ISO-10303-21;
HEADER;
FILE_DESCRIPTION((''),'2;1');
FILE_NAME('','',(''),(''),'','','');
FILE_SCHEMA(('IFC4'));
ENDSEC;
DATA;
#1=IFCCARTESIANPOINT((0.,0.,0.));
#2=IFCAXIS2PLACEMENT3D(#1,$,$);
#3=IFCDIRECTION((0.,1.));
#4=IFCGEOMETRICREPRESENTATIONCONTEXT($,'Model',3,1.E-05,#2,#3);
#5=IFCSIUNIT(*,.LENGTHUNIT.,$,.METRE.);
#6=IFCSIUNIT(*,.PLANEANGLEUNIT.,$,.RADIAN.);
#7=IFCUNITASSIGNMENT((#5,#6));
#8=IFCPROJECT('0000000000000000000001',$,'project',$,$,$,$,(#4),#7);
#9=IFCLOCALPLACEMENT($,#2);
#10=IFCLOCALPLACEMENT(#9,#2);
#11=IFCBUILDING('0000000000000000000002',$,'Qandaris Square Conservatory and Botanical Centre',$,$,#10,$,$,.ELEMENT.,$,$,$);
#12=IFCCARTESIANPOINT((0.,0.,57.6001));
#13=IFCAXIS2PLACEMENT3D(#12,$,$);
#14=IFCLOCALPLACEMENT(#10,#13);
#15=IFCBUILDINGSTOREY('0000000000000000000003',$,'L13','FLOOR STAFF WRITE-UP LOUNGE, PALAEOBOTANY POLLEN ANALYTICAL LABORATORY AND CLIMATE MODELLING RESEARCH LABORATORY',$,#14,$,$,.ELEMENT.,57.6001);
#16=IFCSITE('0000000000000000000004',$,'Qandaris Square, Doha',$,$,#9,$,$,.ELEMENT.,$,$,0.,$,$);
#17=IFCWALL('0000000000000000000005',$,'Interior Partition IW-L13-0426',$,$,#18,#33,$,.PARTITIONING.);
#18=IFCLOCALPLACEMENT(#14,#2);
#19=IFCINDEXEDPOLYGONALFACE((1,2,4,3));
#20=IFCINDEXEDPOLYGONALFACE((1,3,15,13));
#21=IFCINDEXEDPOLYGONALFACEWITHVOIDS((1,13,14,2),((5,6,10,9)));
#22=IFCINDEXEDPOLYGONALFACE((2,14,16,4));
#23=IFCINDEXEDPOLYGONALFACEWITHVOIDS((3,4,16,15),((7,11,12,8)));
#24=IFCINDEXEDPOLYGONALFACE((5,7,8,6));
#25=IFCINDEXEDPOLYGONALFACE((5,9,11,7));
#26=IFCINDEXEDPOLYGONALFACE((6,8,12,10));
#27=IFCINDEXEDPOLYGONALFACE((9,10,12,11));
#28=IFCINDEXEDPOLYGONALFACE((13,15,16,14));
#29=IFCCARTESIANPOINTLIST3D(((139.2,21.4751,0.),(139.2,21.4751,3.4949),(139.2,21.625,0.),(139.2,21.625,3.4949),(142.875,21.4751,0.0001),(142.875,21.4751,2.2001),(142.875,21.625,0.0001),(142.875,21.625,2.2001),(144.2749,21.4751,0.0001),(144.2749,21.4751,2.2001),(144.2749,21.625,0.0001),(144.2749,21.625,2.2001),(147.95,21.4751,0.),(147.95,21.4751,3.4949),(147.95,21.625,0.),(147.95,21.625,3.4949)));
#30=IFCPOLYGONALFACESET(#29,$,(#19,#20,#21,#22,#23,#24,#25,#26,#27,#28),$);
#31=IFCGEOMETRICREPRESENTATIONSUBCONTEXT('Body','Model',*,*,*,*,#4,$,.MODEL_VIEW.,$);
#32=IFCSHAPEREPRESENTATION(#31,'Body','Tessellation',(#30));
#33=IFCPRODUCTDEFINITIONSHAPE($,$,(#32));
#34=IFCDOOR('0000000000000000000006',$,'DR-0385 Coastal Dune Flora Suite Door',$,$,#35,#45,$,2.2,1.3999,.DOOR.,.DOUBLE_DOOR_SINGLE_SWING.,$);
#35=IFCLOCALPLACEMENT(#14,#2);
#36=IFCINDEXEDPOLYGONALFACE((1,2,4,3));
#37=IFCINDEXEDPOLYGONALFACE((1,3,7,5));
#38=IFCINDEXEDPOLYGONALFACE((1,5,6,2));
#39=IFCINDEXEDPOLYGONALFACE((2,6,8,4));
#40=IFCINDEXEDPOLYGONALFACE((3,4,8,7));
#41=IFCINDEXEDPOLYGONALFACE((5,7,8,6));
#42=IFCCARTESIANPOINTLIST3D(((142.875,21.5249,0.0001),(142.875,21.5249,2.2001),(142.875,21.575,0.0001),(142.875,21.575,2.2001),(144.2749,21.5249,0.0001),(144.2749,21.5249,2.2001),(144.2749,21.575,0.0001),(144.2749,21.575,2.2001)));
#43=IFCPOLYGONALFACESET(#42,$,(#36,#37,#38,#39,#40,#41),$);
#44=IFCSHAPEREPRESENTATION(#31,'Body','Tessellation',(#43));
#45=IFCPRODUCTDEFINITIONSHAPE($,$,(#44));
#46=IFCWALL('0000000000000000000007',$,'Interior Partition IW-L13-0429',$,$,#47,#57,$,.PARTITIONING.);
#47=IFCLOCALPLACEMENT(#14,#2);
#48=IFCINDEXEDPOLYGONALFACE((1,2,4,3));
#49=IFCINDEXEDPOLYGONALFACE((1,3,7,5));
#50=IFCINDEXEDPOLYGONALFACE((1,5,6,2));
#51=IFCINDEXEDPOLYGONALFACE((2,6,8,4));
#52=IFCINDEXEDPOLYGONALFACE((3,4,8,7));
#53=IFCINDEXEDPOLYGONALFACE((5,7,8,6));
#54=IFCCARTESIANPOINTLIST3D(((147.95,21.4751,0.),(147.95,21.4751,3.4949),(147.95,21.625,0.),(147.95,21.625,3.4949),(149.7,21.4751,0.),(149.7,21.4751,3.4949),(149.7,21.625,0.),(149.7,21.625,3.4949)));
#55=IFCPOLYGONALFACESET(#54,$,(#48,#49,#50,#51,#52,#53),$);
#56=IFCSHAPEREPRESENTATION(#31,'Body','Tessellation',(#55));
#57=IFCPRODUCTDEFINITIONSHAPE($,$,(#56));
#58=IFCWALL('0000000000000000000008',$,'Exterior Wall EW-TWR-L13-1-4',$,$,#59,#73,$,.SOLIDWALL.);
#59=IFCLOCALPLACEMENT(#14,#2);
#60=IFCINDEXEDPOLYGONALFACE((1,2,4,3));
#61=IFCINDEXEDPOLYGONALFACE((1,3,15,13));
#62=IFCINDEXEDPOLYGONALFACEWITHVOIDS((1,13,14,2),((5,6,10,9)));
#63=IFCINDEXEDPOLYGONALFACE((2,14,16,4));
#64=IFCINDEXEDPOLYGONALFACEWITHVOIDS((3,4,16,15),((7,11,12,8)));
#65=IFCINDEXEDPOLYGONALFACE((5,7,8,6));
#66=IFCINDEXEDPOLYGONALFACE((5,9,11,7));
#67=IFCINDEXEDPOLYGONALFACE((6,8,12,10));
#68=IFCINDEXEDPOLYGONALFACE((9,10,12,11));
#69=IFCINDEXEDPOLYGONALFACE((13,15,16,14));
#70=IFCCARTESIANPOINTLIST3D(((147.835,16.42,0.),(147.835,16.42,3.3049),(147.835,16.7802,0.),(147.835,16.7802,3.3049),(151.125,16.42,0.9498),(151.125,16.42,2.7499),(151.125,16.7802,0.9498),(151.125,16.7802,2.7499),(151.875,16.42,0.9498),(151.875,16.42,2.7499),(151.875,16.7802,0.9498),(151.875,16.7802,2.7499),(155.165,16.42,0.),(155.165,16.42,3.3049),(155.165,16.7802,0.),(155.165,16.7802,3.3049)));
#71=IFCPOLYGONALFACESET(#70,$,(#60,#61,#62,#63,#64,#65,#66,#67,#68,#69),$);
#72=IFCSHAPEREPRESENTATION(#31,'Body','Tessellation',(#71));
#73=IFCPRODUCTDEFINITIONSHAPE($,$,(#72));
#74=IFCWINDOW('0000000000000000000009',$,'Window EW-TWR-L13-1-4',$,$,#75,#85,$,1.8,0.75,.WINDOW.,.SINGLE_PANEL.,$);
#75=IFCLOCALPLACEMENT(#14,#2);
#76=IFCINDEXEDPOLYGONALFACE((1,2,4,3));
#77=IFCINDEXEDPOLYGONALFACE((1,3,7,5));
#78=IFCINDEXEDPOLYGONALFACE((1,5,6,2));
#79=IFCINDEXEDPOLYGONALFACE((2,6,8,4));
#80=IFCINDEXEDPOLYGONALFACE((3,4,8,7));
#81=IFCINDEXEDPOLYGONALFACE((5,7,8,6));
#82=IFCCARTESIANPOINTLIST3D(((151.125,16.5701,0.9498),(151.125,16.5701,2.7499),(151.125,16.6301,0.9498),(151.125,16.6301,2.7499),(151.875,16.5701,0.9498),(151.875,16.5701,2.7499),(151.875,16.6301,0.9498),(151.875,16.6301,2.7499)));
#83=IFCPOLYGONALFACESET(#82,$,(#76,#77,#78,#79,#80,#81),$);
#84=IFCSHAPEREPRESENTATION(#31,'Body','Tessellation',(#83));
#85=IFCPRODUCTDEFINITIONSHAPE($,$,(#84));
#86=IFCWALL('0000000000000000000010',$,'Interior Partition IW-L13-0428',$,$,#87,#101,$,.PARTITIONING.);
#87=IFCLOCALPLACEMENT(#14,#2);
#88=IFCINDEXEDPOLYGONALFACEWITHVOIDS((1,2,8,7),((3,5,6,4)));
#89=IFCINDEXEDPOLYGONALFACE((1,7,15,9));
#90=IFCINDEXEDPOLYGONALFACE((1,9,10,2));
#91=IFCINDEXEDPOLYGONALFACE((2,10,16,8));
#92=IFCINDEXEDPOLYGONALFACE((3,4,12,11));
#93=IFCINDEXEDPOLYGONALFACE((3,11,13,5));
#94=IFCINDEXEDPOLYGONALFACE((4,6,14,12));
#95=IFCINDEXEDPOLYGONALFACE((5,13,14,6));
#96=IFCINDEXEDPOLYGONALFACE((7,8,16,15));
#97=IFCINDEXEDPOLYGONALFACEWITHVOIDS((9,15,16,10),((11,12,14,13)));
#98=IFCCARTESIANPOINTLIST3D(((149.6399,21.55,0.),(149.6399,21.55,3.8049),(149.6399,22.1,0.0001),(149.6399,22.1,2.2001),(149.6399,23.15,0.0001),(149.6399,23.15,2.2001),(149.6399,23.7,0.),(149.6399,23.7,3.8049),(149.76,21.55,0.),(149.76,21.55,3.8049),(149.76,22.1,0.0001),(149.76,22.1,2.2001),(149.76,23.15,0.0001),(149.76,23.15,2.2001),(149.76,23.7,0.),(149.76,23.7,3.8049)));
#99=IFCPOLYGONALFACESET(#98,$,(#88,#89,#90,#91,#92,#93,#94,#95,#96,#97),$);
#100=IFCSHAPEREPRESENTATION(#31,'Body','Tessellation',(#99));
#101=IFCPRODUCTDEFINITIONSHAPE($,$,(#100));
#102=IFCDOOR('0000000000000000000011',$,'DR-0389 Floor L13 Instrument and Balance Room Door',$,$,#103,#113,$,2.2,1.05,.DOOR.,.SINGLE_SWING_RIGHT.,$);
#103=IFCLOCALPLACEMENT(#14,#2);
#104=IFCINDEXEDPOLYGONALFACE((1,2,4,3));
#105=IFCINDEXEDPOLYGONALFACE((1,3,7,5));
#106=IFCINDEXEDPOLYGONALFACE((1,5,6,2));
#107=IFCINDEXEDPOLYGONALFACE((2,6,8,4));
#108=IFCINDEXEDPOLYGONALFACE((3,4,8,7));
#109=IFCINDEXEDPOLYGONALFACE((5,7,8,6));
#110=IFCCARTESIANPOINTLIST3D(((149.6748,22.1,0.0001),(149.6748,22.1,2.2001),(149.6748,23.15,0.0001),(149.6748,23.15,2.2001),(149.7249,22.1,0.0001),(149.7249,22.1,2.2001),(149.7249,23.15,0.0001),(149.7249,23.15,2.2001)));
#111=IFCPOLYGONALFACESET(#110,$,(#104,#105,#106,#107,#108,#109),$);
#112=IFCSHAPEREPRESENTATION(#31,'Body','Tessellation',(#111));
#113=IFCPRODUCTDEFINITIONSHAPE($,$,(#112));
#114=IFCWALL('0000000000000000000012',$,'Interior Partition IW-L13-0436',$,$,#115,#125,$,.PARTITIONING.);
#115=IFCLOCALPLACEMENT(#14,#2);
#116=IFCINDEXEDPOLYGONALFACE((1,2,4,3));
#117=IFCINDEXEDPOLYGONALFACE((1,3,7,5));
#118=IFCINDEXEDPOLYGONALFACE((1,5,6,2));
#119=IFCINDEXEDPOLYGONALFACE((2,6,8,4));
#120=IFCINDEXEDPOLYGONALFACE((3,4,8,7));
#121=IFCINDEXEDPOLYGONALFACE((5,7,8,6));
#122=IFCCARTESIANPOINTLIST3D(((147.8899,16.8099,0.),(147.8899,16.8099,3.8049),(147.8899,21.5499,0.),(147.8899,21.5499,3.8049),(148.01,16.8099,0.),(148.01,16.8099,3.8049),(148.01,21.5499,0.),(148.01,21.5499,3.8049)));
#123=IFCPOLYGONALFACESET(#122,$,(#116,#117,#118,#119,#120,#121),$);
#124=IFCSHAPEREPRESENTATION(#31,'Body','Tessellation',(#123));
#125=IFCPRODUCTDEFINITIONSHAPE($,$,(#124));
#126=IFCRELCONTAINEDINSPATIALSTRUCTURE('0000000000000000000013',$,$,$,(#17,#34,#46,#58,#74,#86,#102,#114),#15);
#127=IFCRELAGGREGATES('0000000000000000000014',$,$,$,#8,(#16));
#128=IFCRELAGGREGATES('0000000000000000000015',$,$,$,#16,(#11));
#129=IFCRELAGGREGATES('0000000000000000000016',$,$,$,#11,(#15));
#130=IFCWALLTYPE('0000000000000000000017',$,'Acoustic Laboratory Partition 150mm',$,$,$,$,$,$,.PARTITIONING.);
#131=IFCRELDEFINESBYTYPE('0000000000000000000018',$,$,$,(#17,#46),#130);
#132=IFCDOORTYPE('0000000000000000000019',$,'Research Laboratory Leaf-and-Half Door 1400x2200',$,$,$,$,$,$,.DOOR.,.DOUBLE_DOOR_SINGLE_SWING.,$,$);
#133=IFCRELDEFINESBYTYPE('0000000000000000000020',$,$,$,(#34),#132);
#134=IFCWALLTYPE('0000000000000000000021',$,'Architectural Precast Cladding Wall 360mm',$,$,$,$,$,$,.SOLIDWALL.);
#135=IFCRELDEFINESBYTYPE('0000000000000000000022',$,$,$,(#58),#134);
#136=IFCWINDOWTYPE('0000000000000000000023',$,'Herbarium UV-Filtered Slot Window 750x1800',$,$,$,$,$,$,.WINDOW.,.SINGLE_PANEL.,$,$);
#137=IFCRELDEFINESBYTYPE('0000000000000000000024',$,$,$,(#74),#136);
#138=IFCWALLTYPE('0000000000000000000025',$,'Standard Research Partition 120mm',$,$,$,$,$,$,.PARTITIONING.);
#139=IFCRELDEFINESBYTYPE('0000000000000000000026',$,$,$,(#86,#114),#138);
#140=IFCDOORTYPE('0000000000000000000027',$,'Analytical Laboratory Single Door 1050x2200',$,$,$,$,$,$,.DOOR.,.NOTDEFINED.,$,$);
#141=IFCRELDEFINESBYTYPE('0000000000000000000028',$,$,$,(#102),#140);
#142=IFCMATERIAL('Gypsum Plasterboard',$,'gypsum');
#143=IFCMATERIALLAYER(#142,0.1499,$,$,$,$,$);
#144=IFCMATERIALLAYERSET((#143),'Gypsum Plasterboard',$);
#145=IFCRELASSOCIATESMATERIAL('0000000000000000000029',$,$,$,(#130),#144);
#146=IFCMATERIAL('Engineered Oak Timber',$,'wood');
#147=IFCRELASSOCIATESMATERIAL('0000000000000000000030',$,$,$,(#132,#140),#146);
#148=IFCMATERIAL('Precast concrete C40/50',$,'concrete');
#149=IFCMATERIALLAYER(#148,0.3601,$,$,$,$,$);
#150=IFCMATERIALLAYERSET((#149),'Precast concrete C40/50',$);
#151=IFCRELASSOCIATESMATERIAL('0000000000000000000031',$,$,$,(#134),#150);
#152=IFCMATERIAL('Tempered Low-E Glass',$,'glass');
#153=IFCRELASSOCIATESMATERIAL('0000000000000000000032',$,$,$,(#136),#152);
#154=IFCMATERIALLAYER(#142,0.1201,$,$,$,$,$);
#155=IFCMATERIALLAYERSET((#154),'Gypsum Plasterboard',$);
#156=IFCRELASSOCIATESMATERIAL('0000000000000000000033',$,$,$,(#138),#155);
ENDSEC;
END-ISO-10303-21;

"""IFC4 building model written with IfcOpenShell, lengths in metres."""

from ifc_helpers import new_model, si_unit, direction, frame, frame_2d, origin, place, context, subcontext, project, spatial, rectangle, extrude, material, layer, layer_set, type_object, element, fill, save


model = new_model("IFC4")

# Units and contexts
model_context = context("Model", 3, precision=1e-05, world=origin(), true_north=direction((0.0, 1.0)))
body_context = subcontext(model_context, "Body", "Model", "MODEL_VIEW")
ifc_project = project(units=[si_unit("LENGTHUNIT", "METRE"), si_unit("PLANEANGLEUNIT", "RADIAN")], contexts=[model_context])

# Site, building, storey
site_placement = place(None, origin())
site = spatial("IfcSite", under=ifc_project, at=site_placement, Name="Qandaris Square, Doha", CompositionType="ELEMENT", RefElevation=0.0)
building_placement = place(site_placement, origin())
building = spatial("IfcBuilding", under=site, at=building_placement, Name="Qandaris Square Conservatory and Botanical Centre", CompositionType="ELEMENT")
storey_placement = place(building_placement, frame((0.0, 0.0, 57.6001)))
storey = spatial("IfcBuildingStorey", under=building, at=storey_placement, Name="L13", Description="FLOOR STAFF WRITE-UP LOUNGE, PALAEOBOTANY POLLEN ANALYTICAL LABORATORY AND CLIMATE MODELLING RESEARCH LABORATORY", CompositionType="ELEMENT", Elevation=57.6001)

# Wall, opening, door
ifc_material_1 = material(Name="Gypsum Plasterboard", Category="gypsum")
ifc_layer_1 = layer(ifc_material_1, 0.1499)
ifc_layer_set_1 = layer_set([ifc_layer_1], Name="Gypsum Plasterboard")
wall_type_1 = type_object("IfcWallType", Name="Acoustic Laboratory Partition 150mm", PredefinedType="PARTITIONING", material=ifc_layer_set_1)
wall_1_placement = place(storey_placement, frame((147.95, 21.55, 0.0), z_axis=(0.0, 0.0, 1.0), x_axis=(-1.0, 0.0, 0.0)))
wall_1 = element("IfcWall", 1, at=wall_1_placement, inside=storey, type_object=wall_type_1, Name="Interior Partition IW-L13-0426", PredefinedType="PARTITIONING", context=body_context, shape_type="SweptSolid", body=[
    extrude(rectangle(XDim=8.75, YDim=0.1499, at=frame_2d((4.375, 0.0))), origin(), (0.0, 0.0, 1.0), 3.4949),
])
opening_1_placement = place(wall_1_placement, frame((3.675, 0.0, 0.0)))
opening_1 = element("IfcOpeningElement", 2, at=opening_1_placement, cuts=wall_1, PredefinedType="OPENING", context=body_context, shape_type="SweptSolid", body=[
    extrude(rectangle(XDim=1.3999, YDim=2.2, at=frame_2d((0.7, 1.1001))), frame((0.0, 0.0869, 0.0), z_axis=(0.0, -1.0, 0.0), x_axis=(1.0, 0.0, 0.0)), (0.0, 0.0, 1.0), 0.1738),
])
ifc_material_2 = material(Name="Engineered Oak Timber", Category="wood")
door_type_1 = type_object("IfcDoorType", Name="Research Laboratory Leaf-and-Half Door 1400x2200", OperationType="DOUBLE_DOOR_SINGLE_SWING", PredefinedType="DOOR", material=ifc_material_2)
door_1_placement = place(opening_1_placement, frame((1.3999, 0.0, 0.0), z_axis=(0.0, 0.0, 1.0), x_axis=(-1.0, 0.0, 0.0)))
door_1 = element("IfcDoor", 3, at=door_1_placement, inside=storey, type_object=door_type_1, Name="DR-0385 Coastal Dune Flora Suite Door", OperationType="DOUBLE_DOOR_SINGLE_SWING", OverallHeight=2.2, OverallWidth=1.3999, PredefinedType="DOOR", context=body_context, shape_type="SweptSolid", body=[
    extrude(rectangle(XDim=1.3999, YDim=2.2, at=frame_2d((0.7, 1.1001))), frame((0.0, 0.0249, 0.0), z_axis=(0.0, -1.0, 0.0), x_axis=(1.0, 0.0, 0.0)), (0.0, 0.0, 1.0), 0.05),
])
fill(opening_1, door_1)

# Wall
wall_2_placement = place(storey_placement, frame((149.7, 21.55, 0.0), z_axis=(0.0, 0.0, 1.0), x_axis=(-1.0, 0.0, 0.0)))
element("IfcWall", 4, at=wall_2_placement, inside=storey, type_object=wall_type_1, Name="Interior Partition IW-L13-0429", PredefinedType="PARTITIONING", context=body_context, shape_type="SweptSolid", body=[
    extrude(rectangle(XDim=1.75, YDim=0.1499, at=frame_2d((0.875, 0.0))), origin(), (0.0, 0.0, 1.0), 3.4949),
])

# Wall, opening, window
ifc_material_3 = material(Name="Precast concrete C40/50", Category="concrete")
ifc_layer_2 = layer(ifc_material_3, 0.3601)
ifc_layer_set_2 = layer_set([ifc_layer_2], Name="Precast concrete C40/50")
wall_type_2 = type_object("IfcWallType", Name="Architectural Precast Cladding Wall 360mm", PredefinedType="SOLIDWALL", material=ifc_layer_set_2)
wall_3_placement = place(storey_placement, frame((147.835, 16.6001, 0.0), z_axis=(0.0, 0.0, 1.0), x_axis=(1.0, 0.0, 0.0)))
wall_3 = element("IfcWall", 5, at=wall_3_placement, inside=storey, type_object=wall_type_2, Name="Exterior Wall EW-TWR-L13-1-4", PredefinedType="SOLIDWALL", context=body_context, shape_type="SweptSolid", body=[
    extrude(rectangle(XDim=7.3301, YDim=0.3601, at=frame_2d((3.665, 0.0))), origin(), (0.0, 0.0, 1.0), 3.3049),
])
opening_2_placement = place(wall_3_placement, frame((3.29, 0.0, 0.95)))
opening_2 = element("IfcOpeningElement", 6, at=opening_2_placement, cuts=wall_3, PredefinedType="OPENING", context=body_context, shape_type="SweptSolid", body=[
    extrude(rectangle(XDim=0.75, YDim=1.8, at=frame_2d((0.375, 0.8999))), frame((0.0, 0.1919, 0.0), z_axis=(0.0, -1.0, 0.0), x_axis=(1.0, 0.0, 0.0)), (0.0, 0.0, 1.0), 0.384),
])
ifc_material_4 = material(Name="Tempered Low-E Glass", Category="glass")
window_type = type_object("IfcWindowType", Name="Herbarium UV-Filtered Slot Window 750x1800", PartitioningType="SINGLE_PANEL", PredefinedType="WINDOW", material=ifc_material_4)
window_placement = place(opening_2_placement, origin())
window = element("IfcWindow", 7, at=window_placement, inside=storey, type_object=window_type, Name="Window EW-TWR-L13-1-4", OverallHeight=1.8, OverallWidth=0.75, PartitioningType="SINGLE_PANEL", PredefinedType="WINDOW", context=body_context, shape_type="SweptSolid", body=[
    extrude(rectangle(XDim=0.75, YDim=1.8, at=frame_2d((0.375, 0.8999))), frame((0.0, 0.03, 0.0), z_axis=(0.0, -1.0, 0.0), x_axis=(1.0, 0.0, 0.0)), (0.0, 0.0, 1.0), 0.0601),
])
fill(opening_2, window)

# Wall, opening, door
ifc_layer_3 = layer(ifc_material_1, 0.1201)
ifc_layer_set_3 = layer_set([ifc_layer_3], Name="Gypsum Plasterboard")
wall_type_3 = type_object("IfcWallType", Name="Standard Research Partition 120mm", PredefinedType="PARTITIONING", material=ifc_layer_set_3)
wall_4_placement = place(storey_placement, frame((149.7, 23.7, 0.0), z_axis=(0.0, 0.0, 1.0), x_axis=(0.0, -1.0, 0.0)))
wall_4 = element("IfcWall", 8, at=wall_4_placement, inside=storey, type_object=wall_type_3, Name="Interior Partition IW-L13-0428", PredefinedType="PARTITIONING", context=body_context, shape_type="SweptSolid", body=[
    extrude(rectangle(XDim=2.1499, YDim=0.1201, at=frame_2d((1.075, 0.0))), origin(), (0.0, 0.0, 1.0), 3.8049),
])
opening_3_placement = place(wall_4_placement, frame((0.55, 0.0, 0.0)))
opening_3 = element("IfcOpeningElement", 9, at=opening_3_placement, cuts=wall_4, PredefinedType="OPENING", context=body_context, shape_type="SweptSolid", body=[
    extrude(rectangle(XDim=1.05, YDim=2.2, at=frame_2d((0.5249, 1.1001))), frame((0.0, 0.072, 0.0), z_axis=(0.0, -1.0, 0.0), x_axis=(1.0, 0.0, 0.0)), (0.0, 0.0, 1.0), 0.144),
])
door_type_2 = type_object("IfcDoorType", Name="Analytical Laboratory Single Door 1050x2200", OperationType="NOTDEFINED", PredefinedType="DOOR", material=ifc_material_2)
door_2_placement = place(opening_3_placement, origin())
door_2 = element("IfcDoor", 10, at=door_2_placement, inside=storey, type_object=door_type_2, Name="DR-0389 Floor L13 Instrument and Balance Room Door", OperationType="SINGLE_SWING_RIGHT", OverallHeight=2.2, OverallWidth=1.05, PredefinedType="DOOR", context=body_context, shape_type="SweptSolid", body=[
    extrude(rectangle(XDim=1.05, YDim=2.2, at=frame_2d((0.5249, 1.1001))), frame((0.0, 0.0249, 0.0), z_axis=(0.0, -1.0, 0.0), x_axis=(1.0, 0.0, 0.0)), (0.0, 0.0, 1.0), 0.05),
])
fill(opening_3, door_2)

# Wall
wall_5_placement = place(storey_placement, frame((147.95, 21.55, 0.0), z_axis=(0.0, 0.0, 1.0), x_axis=(0.0, -1.0, 0.0)))
element("IfcWall", 11, at=wall_5_placement, inside=storey, type_object=wall_type_3, Name="Interior Partition IW-L13-0436", PredefinedType="PARTITIONING", context=body_context, shape_type="SweptSolid", body=[
    extrude(rectangle(XDim=4.74, YDim=0.1201, at=frame_2d((2.3701, 0.0))), origin(), (0.0, 0.0, 1.0), 3.8049),
])

save(model, "model.ifc")
